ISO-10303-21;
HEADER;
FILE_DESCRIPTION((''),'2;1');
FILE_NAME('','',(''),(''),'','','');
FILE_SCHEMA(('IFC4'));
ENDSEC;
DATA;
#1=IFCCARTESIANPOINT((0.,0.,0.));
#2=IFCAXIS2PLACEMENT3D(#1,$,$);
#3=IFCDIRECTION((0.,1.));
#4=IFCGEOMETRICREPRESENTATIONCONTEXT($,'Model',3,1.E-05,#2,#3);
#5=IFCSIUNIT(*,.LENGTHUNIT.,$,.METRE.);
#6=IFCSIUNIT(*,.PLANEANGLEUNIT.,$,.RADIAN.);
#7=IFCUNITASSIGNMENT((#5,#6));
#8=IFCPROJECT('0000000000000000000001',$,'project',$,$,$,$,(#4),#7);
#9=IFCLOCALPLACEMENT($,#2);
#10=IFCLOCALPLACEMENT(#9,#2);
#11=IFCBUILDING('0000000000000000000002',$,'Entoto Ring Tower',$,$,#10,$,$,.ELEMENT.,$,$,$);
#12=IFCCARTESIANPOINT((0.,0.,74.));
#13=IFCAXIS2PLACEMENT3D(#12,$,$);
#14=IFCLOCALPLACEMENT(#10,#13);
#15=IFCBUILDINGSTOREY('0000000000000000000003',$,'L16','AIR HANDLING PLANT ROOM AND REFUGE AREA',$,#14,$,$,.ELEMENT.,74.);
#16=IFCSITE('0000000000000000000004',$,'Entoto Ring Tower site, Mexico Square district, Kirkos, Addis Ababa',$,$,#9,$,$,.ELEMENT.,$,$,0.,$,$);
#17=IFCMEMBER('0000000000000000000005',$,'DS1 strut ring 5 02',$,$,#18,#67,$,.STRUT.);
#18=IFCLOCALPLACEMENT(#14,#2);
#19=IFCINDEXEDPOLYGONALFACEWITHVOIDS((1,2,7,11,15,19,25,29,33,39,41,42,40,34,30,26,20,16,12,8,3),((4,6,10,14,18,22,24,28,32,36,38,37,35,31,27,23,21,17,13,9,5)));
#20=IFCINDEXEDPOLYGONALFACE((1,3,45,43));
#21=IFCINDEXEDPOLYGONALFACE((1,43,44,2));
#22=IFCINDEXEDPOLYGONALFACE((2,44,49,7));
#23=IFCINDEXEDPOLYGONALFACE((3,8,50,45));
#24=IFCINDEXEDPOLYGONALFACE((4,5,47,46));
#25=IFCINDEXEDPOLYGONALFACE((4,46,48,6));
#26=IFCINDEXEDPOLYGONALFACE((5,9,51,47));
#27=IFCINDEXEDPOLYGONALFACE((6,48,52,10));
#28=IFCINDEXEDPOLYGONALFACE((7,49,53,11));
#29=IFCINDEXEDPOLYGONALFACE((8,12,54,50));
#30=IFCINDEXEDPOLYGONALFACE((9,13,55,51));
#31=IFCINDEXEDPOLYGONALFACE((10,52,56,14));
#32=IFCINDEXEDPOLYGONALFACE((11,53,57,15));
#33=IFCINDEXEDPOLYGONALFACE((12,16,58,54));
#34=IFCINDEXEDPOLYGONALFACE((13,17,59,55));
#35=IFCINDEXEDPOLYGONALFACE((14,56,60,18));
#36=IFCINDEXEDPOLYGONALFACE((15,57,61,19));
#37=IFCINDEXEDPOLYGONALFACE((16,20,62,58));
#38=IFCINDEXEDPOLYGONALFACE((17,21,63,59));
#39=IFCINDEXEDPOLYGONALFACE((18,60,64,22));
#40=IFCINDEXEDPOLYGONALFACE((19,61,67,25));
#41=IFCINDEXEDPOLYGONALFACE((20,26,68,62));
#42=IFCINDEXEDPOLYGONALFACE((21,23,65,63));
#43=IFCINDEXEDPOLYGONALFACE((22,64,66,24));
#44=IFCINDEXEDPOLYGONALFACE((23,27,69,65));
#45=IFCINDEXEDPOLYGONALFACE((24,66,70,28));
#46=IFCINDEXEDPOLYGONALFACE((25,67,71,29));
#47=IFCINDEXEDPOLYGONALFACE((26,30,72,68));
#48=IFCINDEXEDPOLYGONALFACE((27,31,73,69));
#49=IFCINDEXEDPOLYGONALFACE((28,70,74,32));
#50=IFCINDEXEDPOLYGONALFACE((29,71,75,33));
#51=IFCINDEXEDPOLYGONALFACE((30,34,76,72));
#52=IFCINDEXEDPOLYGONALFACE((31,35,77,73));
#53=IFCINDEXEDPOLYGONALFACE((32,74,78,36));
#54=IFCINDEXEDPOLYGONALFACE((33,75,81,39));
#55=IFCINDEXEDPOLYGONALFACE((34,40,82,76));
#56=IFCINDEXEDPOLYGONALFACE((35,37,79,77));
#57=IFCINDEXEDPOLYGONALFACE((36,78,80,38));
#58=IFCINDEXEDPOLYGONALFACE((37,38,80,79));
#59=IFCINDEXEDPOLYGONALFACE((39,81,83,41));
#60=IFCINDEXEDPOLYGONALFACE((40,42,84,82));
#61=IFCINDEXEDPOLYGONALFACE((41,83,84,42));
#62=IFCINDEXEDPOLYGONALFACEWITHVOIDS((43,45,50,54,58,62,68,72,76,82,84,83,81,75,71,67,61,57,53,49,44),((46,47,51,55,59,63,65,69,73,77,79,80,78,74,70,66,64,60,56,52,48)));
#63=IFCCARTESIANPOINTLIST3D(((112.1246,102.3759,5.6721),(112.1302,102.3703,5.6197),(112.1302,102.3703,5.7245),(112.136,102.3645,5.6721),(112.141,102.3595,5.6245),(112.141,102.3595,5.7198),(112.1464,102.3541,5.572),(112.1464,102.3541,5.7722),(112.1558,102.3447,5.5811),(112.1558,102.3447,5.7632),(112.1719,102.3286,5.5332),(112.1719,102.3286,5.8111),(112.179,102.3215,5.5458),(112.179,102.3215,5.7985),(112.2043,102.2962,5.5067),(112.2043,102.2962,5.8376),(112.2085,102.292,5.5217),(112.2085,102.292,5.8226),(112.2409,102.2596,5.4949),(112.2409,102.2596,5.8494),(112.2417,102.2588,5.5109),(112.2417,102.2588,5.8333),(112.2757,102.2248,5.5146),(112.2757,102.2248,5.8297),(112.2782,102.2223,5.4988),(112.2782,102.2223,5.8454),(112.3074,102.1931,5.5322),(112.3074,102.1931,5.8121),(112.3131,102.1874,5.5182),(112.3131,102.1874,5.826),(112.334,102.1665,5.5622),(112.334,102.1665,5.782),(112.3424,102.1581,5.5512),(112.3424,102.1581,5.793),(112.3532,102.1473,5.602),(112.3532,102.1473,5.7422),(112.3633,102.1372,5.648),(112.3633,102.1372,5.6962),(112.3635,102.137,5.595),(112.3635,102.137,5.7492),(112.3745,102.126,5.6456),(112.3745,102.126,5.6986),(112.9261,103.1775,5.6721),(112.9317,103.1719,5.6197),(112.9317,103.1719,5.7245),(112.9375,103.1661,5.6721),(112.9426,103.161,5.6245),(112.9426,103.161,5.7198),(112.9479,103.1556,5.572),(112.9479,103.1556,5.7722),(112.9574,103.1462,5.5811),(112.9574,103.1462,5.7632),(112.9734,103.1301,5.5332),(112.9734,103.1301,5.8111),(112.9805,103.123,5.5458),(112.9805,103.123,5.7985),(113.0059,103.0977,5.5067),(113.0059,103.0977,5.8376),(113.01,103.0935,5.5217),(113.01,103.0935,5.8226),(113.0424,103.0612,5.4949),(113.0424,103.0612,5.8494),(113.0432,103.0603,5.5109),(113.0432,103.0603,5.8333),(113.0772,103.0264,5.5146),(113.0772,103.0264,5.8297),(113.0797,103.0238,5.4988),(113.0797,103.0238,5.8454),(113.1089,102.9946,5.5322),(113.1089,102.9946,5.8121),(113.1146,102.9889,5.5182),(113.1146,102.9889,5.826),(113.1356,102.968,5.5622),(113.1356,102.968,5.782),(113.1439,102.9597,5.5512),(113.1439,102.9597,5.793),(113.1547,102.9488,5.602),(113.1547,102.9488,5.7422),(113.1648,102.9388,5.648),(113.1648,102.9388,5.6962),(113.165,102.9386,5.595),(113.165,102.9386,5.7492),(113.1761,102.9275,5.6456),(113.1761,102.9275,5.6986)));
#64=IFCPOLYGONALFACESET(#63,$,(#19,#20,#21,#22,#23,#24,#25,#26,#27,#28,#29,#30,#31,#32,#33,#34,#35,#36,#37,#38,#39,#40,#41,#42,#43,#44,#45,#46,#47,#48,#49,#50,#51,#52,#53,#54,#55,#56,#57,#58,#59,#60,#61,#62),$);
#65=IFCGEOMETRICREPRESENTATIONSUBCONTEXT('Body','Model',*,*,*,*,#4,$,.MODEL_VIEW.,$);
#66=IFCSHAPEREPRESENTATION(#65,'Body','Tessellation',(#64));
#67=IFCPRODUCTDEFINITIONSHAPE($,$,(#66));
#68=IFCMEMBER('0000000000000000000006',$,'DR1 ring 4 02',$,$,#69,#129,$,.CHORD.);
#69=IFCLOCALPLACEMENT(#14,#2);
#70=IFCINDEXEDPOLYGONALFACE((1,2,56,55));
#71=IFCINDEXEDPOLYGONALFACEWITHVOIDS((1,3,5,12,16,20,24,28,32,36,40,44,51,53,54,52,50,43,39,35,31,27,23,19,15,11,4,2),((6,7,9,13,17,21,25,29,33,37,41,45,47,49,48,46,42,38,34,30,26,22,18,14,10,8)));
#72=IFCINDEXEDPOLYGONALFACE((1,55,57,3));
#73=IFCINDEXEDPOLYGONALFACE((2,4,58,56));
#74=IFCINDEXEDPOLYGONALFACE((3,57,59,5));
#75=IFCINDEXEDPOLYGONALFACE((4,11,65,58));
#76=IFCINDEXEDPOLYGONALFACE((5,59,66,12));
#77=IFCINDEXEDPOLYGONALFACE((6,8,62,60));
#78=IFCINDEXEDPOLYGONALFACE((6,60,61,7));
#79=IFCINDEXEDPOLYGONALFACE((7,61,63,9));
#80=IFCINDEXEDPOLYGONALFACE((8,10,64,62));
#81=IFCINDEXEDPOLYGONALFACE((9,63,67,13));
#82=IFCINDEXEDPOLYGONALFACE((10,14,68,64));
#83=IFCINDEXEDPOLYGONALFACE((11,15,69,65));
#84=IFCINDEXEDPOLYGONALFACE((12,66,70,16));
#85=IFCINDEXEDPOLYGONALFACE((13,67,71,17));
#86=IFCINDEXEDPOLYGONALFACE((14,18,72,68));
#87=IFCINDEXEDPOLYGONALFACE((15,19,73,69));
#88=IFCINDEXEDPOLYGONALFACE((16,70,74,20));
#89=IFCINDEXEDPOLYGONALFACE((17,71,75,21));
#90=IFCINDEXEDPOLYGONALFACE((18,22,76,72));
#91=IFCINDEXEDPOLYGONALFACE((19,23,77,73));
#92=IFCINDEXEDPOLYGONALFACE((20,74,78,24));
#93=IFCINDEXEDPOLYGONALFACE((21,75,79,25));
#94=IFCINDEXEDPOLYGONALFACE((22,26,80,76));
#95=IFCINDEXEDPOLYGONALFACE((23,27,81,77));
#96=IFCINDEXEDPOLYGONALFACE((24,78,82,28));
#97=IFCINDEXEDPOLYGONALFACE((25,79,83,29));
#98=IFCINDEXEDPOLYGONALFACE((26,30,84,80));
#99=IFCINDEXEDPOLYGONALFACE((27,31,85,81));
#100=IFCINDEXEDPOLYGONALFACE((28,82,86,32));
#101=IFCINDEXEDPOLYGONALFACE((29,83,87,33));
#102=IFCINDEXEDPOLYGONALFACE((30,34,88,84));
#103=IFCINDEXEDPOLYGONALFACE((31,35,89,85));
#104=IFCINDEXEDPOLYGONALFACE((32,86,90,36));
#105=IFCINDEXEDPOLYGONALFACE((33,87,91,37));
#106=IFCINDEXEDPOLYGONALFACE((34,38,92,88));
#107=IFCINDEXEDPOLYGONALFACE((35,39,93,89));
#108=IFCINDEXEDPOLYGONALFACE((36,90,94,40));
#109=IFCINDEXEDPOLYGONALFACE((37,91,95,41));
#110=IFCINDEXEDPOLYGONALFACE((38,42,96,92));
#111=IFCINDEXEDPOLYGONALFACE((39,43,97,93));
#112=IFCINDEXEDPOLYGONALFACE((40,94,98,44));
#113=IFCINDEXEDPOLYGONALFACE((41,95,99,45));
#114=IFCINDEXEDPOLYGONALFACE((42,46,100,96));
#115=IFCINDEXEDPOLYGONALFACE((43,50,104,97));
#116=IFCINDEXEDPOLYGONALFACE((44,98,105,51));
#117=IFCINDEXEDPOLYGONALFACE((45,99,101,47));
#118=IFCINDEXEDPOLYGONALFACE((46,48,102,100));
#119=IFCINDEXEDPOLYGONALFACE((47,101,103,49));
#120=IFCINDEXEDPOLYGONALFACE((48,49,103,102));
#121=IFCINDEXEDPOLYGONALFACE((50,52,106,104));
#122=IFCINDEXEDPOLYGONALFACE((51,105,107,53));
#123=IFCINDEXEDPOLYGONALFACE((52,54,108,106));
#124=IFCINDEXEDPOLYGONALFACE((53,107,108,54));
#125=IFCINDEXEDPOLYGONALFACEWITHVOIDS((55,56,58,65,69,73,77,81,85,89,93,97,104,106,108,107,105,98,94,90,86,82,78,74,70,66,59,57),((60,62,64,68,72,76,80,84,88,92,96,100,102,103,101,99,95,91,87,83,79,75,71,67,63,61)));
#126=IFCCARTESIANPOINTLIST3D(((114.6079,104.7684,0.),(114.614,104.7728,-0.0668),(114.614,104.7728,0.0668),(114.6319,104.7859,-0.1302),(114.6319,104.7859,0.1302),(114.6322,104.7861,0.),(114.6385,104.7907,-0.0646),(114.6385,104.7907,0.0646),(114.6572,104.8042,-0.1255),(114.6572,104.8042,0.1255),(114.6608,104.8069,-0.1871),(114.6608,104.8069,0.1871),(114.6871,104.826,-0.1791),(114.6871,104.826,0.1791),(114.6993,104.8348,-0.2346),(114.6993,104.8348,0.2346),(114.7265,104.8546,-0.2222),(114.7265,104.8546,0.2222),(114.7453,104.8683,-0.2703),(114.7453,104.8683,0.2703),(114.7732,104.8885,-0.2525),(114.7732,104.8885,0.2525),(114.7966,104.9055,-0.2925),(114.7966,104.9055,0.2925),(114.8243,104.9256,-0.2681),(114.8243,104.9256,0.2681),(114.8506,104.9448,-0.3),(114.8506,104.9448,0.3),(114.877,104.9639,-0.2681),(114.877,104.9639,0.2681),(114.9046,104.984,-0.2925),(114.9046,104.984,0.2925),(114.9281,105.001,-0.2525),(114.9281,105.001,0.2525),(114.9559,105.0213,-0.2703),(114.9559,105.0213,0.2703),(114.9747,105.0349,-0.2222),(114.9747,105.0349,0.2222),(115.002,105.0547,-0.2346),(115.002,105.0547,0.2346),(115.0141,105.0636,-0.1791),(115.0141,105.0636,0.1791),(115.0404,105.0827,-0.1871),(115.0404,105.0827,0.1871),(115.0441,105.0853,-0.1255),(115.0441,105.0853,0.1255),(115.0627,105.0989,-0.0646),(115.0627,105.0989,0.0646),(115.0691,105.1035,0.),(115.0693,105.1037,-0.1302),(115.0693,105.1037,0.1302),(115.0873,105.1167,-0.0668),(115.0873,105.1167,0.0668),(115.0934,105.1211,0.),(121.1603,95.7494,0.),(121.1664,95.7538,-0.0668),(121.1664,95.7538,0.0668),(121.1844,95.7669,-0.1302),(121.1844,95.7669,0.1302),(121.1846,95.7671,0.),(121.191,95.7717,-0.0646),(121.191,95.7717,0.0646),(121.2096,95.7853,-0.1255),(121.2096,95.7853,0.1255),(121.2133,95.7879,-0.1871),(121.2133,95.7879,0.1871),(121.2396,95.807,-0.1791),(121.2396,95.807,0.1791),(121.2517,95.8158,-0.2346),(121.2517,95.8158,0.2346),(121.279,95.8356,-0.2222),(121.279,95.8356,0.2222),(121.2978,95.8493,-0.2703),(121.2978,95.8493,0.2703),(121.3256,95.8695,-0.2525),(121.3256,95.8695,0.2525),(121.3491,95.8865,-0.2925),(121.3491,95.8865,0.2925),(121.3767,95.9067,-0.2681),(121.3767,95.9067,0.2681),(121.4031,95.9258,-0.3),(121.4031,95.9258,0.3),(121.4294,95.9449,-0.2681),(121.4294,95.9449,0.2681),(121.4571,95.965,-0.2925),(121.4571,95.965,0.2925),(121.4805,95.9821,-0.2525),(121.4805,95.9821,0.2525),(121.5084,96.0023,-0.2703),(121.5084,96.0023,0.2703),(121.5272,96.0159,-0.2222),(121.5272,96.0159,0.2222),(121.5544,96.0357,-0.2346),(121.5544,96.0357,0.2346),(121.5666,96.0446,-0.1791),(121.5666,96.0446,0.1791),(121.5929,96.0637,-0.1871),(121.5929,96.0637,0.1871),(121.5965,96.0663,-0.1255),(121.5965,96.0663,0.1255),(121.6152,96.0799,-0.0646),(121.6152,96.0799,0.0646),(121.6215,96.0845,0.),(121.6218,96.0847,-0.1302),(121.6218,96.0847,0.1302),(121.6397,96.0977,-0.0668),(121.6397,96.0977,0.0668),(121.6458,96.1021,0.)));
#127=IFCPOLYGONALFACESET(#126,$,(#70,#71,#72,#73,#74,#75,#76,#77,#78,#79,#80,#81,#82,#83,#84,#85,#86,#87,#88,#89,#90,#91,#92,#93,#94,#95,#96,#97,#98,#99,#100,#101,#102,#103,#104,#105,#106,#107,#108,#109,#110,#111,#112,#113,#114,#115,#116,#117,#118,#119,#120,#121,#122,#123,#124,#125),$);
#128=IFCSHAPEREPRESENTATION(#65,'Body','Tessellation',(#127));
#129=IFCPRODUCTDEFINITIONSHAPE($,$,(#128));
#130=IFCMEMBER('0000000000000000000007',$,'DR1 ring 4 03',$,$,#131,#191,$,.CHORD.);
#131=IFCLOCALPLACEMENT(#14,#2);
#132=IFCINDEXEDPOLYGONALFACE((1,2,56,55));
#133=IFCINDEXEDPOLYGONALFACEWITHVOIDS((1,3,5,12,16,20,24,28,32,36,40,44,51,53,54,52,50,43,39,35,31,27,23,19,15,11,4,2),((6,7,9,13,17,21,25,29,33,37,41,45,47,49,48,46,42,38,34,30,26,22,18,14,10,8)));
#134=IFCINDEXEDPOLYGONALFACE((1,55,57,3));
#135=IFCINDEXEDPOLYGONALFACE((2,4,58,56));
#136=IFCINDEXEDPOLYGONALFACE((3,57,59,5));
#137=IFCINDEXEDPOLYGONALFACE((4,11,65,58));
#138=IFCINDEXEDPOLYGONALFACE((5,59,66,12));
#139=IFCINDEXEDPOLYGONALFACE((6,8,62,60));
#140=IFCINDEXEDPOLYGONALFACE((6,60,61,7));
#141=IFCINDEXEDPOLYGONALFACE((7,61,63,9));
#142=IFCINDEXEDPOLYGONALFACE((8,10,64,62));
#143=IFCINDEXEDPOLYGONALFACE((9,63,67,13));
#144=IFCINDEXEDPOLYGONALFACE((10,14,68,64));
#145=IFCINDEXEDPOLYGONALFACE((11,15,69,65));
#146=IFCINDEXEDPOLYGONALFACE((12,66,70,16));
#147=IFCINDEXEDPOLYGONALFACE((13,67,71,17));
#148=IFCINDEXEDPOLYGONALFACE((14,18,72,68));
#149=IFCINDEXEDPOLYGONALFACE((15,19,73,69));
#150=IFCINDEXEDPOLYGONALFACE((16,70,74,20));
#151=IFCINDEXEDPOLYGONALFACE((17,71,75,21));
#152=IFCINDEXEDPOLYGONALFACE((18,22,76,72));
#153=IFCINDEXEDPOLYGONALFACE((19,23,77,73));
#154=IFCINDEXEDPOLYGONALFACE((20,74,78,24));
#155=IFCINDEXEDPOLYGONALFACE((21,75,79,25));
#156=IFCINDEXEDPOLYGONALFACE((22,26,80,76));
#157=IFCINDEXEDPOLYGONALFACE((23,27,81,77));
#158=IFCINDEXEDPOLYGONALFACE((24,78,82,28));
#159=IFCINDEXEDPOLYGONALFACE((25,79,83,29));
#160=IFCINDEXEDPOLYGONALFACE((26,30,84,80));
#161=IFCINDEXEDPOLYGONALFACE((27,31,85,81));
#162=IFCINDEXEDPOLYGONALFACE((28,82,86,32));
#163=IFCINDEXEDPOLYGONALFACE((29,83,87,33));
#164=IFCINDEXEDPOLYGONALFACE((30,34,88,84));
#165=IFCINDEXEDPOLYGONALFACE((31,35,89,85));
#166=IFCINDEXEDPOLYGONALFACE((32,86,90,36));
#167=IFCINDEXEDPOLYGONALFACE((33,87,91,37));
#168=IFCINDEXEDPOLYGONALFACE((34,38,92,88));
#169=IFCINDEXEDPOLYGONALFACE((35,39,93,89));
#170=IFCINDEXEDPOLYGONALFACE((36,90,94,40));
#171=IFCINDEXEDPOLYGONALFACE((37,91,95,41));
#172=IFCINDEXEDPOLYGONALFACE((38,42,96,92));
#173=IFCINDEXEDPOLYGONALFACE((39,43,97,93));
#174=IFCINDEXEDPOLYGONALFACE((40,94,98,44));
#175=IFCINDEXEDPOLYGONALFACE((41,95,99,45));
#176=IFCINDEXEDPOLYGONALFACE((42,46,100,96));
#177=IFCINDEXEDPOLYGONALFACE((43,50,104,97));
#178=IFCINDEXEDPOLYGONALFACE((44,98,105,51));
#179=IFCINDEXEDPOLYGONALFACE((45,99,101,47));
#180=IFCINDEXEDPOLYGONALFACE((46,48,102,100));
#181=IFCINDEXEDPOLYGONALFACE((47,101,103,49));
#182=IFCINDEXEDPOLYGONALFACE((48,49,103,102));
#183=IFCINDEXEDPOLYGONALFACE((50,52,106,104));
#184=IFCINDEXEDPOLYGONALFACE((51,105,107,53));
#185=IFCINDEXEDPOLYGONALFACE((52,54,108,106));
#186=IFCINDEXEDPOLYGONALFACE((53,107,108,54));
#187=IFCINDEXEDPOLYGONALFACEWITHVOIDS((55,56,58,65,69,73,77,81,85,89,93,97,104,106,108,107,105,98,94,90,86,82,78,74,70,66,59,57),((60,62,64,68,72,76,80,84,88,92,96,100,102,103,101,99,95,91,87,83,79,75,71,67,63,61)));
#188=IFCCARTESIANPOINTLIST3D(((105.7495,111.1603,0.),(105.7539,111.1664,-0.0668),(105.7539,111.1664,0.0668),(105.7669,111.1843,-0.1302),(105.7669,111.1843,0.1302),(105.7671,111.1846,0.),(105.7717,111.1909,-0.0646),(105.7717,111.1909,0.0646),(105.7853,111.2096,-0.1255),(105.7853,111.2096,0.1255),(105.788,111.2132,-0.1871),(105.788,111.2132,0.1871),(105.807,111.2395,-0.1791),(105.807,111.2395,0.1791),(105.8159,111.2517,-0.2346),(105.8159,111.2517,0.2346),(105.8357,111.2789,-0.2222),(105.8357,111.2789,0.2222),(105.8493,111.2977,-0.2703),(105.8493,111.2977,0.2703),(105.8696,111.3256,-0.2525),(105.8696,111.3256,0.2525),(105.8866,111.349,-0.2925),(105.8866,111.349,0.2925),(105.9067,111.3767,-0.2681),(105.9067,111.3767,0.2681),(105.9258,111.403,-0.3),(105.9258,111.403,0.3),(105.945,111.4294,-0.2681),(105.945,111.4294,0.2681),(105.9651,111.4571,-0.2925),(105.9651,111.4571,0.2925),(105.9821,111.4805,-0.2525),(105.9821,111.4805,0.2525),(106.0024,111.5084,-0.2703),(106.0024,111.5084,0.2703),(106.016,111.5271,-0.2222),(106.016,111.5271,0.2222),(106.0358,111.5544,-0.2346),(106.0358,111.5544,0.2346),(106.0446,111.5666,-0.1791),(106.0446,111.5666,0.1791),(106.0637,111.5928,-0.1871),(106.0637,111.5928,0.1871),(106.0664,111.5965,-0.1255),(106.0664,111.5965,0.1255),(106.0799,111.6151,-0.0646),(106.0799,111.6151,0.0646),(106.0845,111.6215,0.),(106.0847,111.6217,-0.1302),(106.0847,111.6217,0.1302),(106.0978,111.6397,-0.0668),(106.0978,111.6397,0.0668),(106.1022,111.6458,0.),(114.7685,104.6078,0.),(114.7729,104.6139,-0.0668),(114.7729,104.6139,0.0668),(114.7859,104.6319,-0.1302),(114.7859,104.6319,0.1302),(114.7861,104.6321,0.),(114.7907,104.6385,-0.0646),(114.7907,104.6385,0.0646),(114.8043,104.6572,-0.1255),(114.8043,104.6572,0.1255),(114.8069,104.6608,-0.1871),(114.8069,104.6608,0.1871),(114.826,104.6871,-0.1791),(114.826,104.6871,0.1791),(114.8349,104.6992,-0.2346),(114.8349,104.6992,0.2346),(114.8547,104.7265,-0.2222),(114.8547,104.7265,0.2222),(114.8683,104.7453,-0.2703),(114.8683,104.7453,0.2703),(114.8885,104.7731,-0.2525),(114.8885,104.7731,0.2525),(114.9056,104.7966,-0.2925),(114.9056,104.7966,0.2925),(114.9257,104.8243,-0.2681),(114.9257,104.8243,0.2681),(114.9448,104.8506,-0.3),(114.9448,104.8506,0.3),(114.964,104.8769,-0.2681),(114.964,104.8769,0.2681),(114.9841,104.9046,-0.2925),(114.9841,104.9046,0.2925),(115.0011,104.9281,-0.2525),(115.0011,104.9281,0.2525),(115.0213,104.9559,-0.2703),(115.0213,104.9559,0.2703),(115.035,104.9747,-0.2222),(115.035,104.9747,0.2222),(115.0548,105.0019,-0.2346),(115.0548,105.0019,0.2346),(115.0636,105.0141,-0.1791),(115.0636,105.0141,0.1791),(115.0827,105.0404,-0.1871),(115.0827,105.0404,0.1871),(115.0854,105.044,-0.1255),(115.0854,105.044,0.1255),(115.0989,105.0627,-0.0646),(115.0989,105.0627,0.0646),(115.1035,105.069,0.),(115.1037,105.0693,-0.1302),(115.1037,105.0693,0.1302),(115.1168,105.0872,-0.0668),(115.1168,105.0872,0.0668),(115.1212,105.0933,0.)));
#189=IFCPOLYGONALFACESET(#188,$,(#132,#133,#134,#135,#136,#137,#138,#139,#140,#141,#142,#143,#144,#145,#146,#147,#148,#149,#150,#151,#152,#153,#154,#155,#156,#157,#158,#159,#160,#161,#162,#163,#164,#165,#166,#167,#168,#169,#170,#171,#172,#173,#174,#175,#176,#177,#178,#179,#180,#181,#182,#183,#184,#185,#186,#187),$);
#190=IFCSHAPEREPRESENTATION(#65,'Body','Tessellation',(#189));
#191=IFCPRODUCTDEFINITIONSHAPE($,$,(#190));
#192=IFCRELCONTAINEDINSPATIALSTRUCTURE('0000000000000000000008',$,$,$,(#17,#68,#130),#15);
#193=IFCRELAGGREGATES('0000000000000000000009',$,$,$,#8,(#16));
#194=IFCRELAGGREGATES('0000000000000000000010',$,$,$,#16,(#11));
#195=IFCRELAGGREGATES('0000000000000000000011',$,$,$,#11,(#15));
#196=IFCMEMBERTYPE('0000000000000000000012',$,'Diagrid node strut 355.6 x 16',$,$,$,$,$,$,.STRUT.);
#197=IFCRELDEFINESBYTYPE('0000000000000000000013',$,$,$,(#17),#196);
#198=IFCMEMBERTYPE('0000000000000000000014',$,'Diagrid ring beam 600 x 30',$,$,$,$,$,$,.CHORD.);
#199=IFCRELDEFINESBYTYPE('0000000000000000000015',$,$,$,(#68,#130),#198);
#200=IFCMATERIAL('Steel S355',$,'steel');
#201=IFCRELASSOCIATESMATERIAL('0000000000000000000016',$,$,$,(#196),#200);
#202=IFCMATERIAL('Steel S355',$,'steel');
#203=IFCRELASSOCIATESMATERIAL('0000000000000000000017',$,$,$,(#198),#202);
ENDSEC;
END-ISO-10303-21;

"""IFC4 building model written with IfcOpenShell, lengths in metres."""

from ifc_helpers import new_model, si_unit, direction, frame, origin, origin_2d, place, context, subcontext, project, spatial, circle, hollow_circle, extrude, material, material_profile, profile_set, type_object, element, save


model = new_model("IFC4")

# Units and contexts
model_context = context("Model", 3, precision=1e-05, world=origin(), true_north=direction((0.0, 1.0)))
body_context = subcontext(model_context, "Body", "Model", "MODEL_VIEW")
ifc_project = project(units=[si_unit("LENGTHUNIT", "METRE"), si_unit("PLANEANGLEUNIT", "RADIAN")], contexts=[model_context])

# Site, building, storey
site_placement = place(None, origin())
site = spatial("IfcSite", under=ifc_project, at=site_placement, Name="Entoto Ring Tower site, Mexico Square district, Kirkos, Addis Ababa", CompositionType="ELEMENT", RefElevation=0.0)
building_placement = place(site_placement, origin())
building = spatial("IfcBuilding", under=site, at=building_placement, Name="Entoto Ring Tower", CompositionType="ELEMENT")
storey_placement = place(building_placement, frame((0.0, 0.0, 74.0)))
storey = spatial("IfcBuildingStorey", under=building, at=storey_placement, Name="L16", Description="AIR HANDLING PLANT ROOM AND REFUGE AREA", CompositionType="ELEMENT", Elevation=74.0)

# Members
ifc_material_1 = material(Name="Steel S355", Category="steel")
ifc_material_profile_1 = material_profile(ifc_material_1, hollow_circle(Radius=0.1777, WallThickness=0.0161, at=origin_2d()), Name="CHS 355.6 x 16")
ifc_material_2 = material(Name="Concrete C60/75", Category="concrete")
ifc_material_profile_2 = material_profile(ifc_material_2, circle(Radius=0.1619, at=origin_2d()), Name="Concrete C60/75 infill")
ifc_profile_set_1 = profile_set([ifc_material_profile_1, ifc_material_profile_2], Name="Steel S355")
member_type_1 = type_object("IfcMemberType", Name="Diagrid node strut 355.6 x 16", PredefinedType="STRUT", material=ifc_profile_set_1)
member_1_placement = place(storey_placement, frame((112.2502, 102.2502, 5.6721), z_axis=(0.707107, 0.707107, 0.0), x_axis=(-0.707107, 0.707107, 0.0)))
element("IfcMember", 1, at=member_1_placement, inside=storey, type_object=member_type_1, Name="DS1 strut ring 5 02", PredefinedType="STRUT", context=body_context, shape_type="SweptSolid", body=[
    extrude(hollow_circle(Radius=0.1777, WallThickness=0.0161, at=origin_2d()), origin(), (0.0, 0.0, 1.0), 1.1335),
])
ifc_material_3 = material(Name="Steel S355", Category="steel")
ifc_material_profile_3 = material_profile(ifc_material_3, hollow_circle(Radius=0.3, WallThickness=0.03, at=origin_2d()), Name="CHS 600 x 30")
ifc_material_4 = material(Name="Concrete C60/75", Category="concrete")
ifc_material_profile_4 = material_profile(ifc_material_4, circle(Radius=0.27, at=origin_2d()), Name="Concrete C60/75 infill")
ifc_profile_set_2 = profile_set([ifc_material_profile_3, ifc_material_profile_4], Name="Steel S355")
member_type_2 = type_object("IfcMemberType", Name="Diagrid ring beam 600 x 30", PredefinedType="CHORD", material=ifc_profile_set_2)
for number, where, z_axis, x_axis, name in (
    (2, (121.4031, 95.9258, 0.0), (-0.587772, 0.809027, 0.0), (-0.809027, -0.587772, 0.0), "DR1 ring 4 02"),
    (3, (114.9448, 104.8506, 0.0), (-0.809027, 0.587772, 0.0), (-0.587772, -0.809027, 0.0), "DR1 ring 4 03"),
):
    element("IfcMember", number, at=place(storey_placement, frame(where, z_axis=z_axis, x_axis=x_axis)), inside=storey, type_object=member_type_2, Name=name, PredefinedType="CHORD", context=body_context, shape_type="SweptSolid", body=[
        extrude(hollow_circle(Radius=0.3, WallThickness=0.03, at=origin_2d()), origin(), (0.0, 0.0, 1.0), 11.1479),
    ])

save(model, "model.ifc")
